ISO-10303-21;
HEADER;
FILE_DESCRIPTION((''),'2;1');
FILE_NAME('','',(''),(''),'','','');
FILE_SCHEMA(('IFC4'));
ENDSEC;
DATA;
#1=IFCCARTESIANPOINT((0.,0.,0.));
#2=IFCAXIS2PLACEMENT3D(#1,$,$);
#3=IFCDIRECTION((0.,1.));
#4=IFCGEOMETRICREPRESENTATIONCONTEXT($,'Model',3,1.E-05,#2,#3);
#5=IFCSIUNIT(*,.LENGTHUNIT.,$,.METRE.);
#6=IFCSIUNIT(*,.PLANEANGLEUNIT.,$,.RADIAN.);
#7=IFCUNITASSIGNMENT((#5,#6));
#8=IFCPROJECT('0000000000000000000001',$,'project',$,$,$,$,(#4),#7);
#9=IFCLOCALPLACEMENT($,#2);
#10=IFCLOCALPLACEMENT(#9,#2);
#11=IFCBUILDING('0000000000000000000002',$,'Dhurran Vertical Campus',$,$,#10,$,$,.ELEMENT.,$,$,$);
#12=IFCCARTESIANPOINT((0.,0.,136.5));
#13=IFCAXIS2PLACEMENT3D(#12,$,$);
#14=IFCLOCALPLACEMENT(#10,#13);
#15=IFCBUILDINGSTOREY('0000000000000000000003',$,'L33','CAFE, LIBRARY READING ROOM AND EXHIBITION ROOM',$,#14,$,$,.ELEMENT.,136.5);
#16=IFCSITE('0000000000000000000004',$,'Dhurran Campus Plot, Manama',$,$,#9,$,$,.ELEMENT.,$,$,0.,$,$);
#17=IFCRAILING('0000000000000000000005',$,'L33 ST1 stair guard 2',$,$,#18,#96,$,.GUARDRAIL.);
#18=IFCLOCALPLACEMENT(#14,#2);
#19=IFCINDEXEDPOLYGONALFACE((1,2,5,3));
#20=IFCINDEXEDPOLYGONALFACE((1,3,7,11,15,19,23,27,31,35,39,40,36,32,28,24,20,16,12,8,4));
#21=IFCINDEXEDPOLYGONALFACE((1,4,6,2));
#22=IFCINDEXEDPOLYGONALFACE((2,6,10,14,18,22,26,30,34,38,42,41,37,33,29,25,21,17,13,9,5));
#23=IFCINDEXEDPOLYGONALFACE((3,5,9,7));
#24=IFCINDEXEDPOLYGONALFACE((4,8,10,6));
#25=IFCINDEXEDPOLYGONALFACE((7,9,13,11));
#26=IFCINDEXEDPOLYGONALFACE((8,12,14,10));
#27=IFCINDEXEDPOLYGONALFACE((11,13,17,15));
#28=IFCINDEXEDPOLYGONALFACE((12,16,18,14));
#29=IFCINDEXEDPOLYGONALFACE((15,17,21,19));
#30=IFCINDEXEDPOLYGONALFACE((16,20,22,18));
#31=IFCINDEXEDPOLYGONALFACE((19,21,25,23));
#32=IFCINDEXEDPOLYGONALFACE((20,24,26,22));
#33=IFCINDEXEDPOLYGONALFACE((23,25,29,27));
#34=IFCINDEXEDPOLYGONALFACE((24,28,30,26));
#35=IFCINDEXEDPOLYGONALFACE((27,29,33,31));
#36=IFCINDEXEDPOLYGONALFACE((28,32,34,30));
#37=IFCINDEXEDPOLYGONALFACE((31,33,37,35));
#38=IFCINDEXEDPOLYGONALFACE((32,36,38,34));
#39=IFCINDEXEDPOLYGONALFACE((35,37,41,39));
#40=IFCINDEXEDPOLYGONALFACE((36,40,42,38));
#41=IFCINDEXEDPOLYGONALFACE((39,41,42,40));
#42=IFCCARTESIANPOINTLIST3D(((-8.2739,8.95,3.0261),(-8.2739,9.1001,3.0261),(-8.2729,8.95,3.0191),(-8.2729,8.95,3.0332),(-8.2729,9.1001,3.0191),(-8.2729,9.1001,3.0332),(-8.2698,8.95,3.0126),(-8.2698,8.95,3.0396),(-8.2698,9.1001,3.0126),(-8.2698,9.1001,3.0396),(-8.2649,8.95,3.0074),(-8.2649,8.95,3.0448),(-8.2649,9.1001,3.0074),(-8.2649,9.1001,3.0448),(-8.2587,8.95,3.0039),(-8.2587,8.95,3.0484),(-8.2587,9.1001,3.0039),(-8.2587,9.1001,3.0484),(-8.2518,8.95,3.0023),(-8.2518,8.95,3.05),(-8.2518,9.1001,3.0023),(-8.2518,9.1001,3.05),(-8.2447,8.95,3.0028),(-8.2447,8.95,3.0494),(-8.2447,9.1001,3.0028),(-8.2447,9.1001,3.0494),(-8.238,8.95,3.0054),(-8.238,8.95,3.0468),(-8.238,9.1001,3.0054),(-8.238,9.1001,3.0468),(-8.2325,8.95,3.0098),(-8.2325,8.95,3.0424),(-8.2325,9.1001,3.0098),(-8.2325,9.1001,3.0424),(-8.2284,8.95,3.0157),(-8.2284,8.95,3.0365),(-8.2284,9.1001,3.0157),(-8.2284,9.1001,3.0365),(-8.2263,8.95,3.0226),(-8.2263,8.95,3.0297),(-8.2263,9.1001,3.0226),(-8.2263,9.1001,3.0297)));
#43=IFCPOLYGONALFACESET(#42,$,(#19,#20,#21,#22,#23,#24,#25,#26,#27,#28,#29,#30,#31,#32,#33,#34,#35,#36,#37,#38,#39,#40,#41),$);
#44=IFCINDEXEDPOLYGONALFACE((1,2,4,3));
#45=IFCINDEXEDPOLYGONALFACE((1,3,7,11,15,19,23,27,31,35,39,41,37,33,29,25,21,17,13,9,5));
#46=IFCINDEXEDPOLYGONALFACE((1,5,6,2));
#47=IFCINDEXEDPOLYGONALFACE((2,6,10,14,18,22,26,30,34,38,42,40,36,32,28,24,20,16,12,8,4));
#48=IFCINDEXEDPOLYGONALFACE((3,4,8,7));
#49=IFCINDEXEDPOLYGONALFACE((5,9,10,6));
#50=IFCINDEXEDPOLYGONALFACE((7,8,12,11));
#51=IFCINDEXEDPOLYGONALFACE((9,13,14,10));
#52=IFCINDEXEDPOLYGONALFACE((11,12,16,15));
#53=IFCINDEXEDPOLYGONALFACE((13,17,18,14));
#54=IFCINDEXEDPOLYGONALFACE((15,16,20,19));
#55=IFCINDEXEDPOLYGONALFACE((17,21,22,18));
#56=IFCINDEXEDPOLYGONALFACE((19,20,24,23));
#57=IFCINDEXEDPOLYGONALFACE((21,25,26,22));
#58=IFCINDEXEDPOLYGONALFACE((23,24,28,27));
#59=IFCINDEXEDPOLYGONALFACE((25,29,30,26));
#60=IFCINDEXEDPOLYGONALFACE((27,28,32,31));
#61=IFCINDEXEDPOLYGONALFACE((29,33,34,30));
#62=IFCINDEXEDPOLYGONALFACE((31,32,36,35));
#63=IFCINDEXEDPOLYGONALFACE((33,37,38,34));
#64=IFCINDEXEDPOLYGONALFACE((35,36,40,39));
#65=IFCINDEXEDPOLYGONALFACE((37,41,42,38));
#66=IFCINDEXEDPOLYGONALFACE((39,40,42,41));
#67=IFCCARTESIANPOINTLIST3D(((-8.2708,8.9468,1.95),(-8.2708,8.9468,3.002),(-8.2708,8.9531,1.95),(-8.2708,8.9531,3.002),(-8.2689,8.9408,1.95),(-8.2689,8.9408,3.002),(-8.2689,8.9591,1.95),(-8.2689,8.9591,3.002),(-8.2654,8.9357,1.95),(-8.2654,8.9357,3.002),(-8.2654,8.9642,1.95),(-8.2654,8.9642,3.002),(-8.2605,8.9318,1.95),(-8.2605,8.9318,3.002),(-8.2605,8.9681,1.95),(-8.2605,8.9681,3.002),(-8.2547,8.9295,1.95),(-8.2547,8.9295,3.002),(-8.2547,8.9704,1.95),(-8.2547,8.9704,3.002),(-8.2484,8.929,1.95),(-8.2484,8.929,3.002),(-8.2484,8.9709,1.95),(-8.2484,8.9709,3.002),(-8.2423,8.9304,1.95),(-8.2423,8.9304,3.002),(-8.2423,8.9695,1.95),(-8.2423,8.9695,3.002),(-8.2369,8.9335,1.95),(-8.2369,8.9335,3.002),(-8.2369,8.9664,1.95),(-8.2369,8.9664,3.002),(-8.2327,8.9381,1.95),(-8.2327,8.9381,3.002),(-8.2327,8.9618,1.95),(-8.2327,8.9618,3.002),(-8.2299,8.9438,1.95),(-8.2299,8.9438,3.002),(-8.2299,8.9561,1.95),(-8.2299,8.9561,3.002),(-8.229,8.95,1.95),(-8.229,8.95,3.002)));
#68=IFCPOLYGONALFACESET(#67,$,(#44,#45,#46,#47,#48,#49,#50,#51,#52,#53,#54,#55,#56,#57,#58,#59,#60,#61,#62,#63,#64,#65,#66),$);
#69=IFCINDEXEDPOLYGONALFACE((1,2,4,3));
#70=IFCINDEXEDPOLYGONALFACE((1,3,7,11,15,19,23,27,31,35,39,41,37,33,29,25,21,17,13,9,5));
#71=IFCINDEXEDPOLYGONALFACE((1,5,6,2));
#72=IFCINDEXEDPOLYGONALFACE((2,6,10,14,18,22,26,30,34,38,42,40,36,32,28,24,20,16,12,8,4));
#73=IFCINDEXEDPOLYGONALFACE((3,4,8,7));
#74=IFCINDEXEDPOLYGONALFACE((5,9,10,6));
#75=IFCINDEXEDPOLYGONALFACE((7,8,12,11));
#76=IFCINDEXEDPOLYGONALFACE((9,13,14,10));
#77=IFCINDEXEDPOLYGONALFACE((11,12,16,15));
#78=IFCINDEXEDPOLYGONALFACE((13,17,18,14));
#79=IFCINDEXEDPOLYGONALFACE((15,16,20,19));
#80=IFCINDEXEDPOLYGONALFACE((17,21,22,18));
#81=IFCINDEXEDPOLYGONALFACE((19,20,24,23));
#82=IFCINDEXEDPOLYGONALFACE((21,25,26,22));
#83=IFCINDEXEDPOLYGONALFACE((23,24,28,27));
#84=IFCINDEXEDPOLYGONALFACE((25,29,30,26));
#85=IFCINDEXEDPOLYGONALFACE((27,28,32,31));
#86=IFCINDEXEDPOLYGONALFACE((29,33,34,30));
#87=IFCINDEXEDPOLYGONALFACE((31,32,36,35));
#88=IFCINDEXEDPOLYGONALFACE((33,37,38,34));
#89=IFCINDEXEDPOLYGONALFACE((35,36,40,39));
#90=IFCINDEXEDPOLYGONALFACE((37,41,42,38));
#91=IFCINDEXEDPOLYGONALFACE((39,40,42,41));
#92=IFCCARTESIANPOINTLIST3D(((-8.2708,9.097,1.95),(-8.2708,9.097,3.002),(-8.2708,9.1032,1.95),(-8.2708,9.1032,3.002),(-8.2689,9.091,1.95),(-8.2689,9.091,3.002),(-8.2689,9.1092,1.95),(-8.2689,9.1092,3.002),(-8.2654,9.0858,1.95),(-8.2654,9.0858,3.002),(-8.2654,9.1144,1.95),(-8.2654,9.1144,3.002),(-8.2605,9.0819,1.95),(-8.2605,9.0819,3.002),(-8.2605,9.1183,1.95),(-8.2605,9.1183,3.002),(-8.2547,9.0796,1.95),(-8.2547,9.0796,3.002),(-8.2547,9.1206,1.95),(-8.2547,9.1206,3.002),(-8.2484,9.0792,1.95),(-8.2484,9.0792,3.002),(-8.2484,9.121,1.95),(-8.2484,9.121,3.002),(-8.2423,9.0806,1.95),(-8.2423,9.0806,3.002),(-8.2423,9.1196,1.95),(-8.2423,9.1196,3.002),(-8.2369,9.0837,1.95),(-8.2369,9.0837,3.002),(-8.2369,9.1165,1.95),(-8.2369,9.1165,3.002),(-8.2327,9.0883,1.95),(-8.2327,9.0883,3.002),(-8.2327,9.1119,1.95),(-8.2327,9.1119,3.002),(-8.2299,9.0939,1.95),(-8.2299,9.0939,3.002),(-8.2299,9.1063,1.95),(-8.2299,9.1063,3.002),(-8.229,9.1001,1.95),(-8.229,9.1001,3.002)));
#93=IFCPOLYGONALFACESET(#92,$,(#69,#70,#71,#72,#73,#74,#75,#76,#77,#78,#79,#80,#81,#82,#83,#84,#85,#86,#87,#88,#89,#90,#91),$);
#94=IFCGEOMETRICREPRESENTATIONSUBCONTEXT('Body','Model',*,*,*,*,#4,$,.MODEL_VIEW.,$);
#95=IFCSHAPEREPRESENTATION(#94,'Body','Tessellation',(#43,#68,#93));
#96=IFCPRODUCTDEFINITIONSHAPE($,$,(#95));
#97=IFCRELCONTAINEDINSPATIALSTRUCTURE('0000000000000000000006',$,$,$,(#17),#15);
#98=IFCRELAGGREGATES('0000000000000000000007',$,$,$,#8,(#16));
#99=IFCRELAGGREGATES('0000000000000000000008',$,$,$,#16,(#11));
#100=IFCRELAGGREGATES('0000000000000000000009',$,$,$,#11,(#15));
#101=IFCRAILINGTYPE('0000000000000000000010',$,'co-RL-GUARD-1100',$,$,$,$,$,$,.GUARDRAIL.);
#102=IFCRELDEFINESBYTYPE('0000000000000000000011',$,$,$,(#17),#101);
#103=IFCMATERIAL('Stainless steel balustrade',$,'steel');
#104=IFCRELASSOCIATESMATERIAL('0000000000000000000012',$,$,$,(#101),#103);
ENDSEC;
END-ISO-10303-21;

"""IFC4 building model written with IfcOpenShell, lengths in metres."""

from ifc_helpers import new_model, si_unit, direction, frame, origin, origin_2d, place, context, subcontext, project, spatial, circle, extrude, material, type_object, element, save


model = new_model("IFC4")

# Units and contexts
model_context = context("Model", 3, precision=1e-05, world=origin(), true_north=direction((0.0, 1.0)))
body_context = subcontext(model_context, "Body", "Model", "MODEL_VIEW")
ifc_project = project(units=[si_unit("LENGTHUNIT", "METRE"), si_unit("PLANEANGLEUNIT", "RADIAN")], contexts=[model_context])

# Site, building, storey
site_placement = place(None, origin())
site = spatial("IfcSite", under=ifc_project, at=site_placement, Name="Dhurran Campus Plot, Manama", CompositionType="ELEMENT", RefElevation=0.0)
building_placement = place(site_placement, origin())
building = spatial("IfcBuilding", under=site, at=building_placement, Name="Dhurran Vertical Campus", CompositionType="ELEMENT")
storey_placement = place(building_placement, frame((0.0, 0.0, 136.5)))
storey = spatial("IfcBuildingStorey", under=building, at=storey_placement, Name="L33", Description="CAFE, LIBRARY READING ROOM AND EXHIBITION ROOM", CompositionType="ELEMENT", Elevation=136.5)

# Railing
ifc_material_1 = material(Name="Stainless steel balustrade", Category="steel")
railing_type_1 = type_object("IfcRailingType", Name="co-RL-GUARD-1100", PredefinedType="GUARDRAIL", material=ifc_material_1)
railing_1_placement = place(storey_placement, frame((-8.25, 8.95, 1.95)))
element("IfcRailing", 1, at=railing_1_placement, inside=storey, type_object=railing_type_1, Name="L33 ST1 stair guard 2", PredefinedType="GUARDRAIL", context=body_context, shape_type="SweptSolid", body=[
    extrude(circle(Radius=0.0239, at=origin_2d()), frame((0.0, 0.0, 1.0762), z_axis=(0.0, 1.0, 0.0), x_axis=(-1.0, 0.0, 0.0)), (0.0, 0.0, 1.0), 0.1501),
    extrude(circle(Radius=0.021, at=origin_2d()), origin(), (0.0, 0.0, 1.0), 1.052),
    extrude(circle(Radius=0.021, at=origin_2d()), frame((0.0, 0.1501, 0.0)), (0.0, 0.0, 1.0), 1.052),
])

save(model, "model.ifc")
